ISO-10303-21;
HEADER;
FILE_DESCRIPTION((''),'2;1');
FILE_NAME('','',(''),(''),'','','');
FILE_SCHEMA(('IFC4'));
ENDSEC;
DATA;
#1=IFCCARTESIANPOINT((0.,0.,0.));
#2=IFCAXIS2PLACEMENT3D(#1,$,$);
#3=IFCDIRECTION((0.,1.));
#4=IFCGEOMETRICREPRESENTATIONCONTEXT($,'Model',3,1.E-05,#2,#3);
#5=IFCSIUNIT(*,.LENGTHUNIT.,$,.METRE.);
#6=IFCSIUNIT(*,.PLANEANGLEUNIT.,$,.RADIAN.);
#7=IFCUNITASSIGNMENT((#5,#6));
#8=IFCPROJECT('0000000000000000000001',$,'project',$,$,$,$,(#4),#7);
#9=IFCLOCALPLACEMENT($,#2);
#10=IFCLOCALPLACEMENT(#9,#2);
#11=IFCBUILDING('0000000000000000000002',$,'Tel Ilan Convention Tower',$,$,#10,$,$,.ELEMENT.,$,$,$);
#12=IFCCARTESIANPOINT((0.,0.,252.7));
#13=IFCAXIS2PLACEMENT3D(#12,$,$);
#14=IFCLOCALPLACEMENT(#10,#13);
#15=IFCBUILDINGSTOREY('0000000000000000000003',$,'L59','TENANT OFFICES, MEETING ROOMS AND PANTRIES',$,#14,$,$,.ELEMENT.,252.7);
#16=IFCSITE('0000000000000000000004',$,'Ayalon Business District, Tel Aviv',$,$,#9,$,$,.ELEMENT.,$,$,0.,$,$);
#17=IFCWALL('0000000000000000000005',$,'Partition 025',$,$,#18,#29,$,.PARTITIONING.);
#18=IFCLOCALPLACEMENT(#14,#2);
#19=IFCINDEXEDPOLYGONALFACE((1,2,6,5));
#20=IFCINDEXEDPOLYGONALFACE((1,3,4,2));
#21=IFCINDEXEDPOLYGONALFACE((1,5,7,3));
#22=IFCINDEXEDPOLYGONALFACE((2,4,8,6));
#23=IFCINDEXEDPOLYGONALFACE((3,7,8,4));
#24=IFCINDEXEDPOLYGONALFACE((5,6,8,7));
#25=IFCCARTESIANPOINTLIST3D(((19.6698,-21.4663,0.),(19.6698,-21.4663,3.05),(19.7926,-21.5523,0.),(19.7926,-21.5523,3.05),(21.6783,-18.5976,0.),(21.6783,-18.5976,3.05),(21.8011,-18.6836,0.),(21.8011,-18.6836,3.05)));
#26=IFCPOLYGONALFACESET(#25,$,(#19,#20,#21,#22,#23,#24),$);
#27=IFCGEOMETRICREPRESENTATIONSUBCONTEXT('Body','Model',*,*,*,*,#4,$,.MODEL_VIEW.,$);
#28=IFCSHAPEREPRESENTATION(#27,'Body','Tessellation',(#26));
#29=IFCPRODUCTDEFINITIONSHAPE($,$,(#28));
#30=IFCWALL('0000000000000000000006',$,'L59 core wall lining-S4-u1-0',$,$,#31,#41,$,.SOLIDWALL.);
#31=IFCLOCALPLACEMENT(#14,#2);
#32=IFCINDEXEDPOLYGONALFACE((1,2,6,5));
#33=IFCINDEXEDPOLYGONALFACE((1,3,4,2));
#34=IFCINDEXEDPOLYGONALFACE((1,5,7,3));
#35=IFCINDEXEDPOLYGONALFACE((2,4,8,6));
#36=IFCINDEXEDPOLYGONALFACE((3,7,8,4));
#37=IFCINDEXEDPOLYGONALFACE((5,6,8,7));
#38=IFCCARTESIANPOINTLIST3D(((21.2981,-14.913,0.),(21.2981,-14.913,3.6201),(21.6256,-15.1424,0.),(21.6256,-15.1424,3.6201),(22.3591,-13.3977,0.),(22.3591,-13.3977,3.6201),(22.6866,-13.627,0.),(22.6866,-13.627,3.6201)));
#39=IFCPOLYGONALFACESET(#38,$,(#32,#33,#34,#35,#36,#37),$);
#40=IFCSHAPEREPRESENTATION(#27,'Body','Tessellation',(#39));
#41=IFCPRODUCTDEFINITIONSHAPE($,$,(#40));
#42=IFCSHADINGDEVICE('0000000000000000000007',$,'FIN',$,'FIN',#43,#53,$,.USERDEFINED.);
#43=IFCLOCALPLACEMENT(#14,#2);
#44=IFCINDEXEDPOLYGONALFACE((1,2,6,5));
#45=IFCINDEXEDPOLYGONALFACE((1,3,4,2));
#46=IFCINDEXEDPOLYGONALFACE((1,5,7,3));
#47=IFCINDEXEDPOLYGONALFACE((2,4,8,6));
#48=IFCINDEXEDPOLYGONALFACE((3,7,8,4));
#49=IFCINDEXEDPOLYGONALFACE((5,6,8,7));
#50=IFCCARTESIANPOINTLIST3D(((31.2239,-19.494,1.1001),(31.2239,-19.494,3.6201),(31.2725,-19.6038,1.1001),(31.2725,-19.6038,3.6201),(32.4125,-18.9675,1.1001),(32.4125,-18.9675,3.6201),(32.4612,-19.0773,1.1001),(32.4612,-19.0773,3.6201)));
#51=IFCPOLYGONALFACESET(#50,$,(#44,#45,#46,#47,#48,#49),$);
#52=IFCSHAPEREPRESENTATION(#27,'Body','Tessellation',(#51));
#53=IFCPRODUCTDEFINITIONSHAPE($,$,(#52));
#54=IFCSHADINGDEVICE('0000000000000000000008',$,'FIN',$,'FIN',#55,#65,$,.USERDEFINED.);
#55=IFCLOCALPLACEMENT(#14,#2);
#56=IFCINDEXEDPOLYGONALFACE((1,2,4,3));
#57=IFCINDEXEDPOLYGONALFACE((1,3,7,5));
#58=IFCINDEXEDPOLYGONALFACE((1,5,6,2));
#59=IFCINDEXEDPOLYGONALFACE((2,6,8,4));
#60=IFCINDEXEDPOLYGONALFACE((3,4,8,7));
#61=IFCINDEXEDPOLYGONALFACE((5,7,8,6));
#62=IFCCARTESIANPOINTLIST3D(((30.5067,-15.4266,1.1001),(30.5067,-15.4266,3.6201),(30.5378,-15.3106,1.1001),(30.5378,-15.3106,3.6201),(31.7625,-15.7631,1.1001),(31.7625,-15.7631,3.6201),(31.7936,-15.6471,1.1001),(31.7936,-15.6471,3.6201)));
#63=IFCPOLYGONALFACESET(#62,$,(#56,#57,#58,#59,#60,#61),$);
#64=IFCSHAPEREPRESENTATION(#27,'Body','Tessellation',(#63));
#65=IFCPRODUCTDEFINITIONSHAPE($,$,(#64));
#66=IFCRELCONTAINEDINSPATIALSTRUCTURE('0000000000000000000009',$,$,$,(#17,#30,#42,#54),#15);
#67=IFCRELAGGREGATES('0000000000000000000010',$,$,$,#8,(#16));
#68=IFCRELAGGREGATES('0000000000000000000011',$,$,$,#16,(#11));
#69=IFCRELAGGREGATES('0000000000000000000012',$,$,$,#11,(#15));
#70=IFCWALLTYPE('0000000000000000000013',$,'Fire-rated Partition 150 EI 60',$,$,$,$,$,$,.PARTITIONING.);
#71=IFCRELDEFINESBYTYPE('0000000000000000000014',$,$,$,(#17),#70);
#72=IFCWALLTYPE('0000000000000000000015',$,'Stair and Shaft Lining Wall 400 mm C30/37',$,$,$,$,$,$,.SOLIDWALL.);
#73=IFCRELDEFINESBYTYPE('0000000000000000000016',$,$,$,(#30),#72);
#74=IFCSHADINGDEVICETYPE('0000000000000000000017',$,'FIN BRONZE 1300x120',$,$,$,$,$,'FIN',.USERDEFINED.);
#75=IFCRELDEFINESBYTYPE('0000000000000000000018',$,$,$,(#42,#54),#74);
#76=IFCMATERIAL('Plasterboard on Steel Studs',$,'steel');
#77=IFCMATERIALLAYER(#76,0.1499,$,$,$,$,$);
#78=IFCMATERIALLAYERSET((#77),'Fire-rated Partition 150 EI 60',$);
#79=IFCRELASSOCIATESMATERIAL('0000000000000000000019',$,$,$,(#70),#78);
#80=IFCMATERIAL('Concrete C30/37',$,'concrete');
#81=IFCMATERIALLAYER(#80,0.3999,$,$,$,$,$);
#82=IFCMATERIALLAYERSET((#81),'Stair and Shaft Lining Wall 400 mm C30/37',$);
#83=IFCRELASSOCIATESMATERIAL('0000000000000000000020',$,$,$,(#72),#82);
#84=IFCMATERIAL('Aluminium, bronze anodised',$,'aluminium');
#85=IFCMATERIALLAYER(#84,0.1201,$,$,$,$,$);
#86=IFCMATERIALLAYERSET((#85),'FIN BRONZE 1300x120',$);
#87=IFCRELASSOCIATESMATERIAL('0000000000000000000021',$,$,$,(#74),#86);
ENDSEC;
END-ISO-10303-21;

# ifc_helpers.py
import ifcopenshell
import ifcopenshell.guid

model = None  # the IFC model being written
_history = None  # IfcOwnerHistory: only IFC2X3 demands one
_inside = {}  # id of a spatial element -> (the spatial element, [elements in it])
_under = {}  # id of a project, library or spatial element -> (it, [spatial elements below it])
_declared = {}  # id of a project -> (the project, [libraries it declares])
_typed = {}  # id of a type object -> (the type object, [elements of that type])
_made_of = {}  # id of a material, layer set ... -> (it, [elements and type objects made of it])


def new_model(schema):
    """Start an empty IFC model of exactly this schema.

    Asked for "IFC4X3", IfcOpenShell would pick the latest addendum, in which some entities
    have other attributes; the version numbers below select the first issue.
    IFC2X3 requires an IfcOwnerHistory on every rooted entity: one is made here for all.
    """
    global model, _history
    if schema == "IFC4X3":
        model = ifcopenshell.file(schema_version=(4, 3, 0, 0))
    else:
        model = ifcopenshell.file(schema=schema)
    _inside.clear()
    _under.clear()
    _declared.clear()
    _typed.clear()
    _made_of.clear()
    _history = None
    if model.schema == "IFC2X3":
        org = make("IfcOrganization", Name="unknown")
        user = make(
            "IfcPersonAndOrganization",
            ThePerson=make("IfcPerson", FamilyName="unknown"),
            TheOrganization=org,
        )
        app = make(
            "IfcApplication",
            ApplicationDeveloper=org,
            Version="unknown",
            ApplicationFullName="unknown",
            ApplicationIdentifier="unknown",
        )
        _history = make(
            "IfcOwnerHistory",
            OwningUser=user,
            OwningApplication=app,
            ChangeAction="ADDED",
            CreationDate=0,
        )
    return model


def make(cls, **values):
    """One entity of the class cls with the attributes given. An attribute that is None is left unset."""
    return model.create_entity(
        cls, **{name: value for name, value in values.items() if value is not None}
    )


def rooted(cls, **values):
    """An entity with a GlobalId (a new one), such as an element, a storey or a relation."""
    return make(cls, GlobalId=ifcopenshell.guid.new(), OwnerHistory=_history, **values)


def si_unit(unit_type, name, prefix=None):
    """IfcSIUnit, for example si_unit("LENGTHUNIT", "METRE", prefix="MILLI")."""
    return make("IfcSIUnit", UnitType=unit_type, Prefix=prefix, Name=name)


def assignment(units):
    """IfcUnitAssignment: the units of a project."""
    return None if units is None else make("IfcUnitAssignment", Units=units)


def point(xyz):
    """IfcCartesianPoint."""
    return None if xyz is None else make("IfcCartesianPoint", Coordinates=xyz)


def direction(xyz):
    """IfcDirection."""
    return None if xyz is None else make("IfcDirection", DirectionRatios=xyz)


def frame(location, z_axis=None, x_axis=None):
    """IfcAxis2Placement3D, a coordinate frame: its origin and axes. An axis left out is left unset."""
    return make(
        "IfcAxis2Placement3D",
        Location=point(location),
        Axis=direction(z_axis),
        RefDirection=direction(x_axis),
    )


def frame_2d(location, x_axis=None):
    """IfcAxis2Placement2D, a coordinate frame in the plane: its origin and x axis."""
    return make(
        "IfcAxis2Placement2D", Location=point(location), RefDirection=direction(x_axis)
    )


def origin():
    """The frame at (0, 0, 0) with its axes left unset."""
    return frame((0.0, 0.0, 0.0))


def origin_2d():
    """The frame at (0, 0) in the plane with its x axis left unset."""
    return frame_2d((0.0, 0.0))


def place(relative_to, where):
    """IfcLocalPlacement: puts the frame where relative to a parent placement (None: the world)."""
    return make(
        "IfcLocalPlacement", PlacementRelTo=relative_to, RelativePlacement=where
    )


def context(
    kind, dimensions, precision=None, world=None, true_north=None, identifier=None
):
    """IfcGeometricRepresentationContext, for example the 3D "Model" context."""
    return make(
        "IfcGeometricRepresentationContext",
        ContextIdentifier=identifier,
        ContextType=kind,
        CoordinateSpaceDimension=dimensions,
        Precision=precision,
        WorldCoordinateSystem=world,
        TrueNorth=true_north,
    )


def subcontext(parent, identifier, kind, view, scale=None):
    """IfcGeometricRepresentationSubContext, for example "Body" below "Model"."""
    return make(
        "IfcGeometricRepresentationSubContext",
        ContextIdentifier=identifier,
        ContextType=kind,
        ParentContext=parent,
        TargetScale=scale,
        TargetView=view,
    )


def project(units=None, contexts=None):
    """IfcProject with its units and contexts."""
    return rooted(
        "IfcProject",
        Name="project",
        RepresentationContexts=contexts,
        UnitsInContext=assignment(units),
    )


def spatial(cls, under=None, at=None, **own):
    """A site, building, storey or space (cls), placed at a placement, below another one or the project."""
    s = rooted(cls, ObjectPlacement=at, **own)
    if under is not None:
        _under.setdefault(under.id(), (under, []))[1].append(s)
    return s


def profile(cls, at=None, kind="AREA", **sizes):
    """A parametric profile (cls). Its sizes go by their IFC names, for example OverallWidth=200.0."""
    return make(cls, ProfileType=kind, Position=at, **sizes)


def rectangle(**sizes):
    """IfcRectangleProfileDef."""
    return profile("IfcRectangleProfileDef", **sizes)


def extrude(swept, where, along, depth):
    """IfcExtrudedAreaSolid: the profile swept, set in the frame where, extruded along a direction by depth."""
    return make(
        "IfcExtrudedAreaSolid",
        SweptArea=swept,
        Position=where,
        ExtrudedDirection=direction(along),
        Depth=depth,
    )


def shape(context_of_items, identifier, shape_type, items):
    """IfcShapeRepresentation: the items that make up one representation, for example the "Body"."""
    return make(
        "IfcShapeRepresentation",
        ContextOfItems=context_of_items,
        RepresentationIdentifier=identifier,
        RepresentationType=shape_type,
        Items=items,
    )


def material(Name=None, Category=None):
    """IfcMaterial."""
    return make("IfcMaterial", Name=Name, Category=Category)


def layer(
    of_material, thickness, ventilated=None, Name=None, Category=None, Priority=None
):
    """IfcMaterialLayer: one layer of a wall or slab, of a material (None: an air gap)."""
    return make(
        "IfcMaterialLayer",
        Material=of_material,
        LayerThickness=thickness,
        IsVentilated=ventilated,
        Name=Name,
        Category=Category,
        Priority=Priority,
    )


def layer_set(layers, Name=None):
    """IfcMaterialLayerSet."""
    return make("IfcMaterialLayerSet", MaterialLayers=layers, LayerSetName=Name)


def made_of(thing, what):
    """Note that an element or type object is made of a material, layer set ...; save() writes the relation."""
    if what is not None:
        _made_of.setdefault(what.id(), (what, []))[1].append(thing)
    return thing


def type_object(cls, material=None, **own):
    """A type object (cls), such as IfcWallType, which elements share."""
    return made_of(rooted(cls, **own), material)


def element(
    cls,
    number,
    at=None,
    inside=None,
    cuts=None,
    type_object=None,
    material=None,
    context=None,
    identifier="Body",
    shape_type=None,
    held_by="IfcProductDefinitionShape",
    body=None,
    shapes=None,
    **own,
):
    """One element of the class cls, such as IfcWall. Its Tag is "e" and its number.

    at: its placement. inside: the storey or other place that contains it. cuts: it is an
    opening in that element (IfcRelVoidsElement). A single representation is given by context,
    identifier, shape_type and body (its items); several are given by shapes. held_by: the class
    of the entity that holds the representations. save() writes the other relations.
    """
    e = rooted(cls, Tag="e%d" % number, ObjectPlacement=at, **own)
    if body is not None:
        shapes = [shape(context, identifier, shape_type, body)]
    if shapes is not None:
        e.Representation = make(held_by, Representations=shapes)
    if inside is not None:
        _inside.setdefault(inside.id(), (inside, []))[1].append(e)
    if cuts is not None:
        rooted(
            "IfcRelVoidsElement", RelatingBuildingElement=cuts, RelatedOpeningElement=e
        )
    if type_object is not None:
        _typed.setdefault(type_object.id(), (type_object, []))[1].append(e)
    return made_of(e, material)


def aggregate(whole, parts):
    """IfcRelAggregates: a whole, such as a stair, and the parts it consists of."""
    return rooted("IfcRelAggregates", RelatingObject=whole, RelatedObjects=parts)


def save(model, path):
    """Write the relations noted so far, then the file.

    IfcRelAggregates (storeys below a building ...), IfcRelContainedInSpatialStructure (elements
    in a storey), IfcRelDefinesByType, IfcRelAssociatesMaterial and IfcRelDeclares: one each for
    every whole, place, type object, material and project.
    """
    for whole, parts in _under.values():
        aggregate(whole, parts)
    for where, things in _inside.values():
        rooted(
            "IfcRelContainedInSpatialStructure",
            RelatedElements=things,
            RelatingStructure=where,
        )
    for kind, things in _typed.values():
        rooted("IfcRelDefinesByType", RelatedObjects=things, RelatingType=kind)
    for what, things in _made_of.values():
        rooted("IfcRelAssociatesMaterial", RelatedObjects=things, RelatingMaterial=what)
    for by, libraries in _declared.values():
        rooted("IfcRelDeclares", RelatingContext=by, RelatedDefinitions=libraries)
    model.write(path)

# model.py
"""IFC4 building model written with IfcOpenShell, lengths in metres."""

from ifc_helpers import new_model, si_unit, direction, frame, frame_2d, origin, origin_2d, place, context, subcontext, project, spatial, rectangle, extrude, material, layer, layer_set, type_object, element, save


model = new_model("IFC4")

# Units and contexts
model_context = context("Model", 3, precision=1e-05, world=origin(), true_north=direction((0.0, 1.0)))
body_context = subcontext(model_context, "Body", "Model", "MODEL_VIEW")
ifc_project = project(units=[si_unit("LENGTHUNIT", "METRE"), si_unit("PLANEANGLEUNIT", "RADIAN")], contexts=[model_context])

# Site, building, storey
site_placement = place(None, origin())
site = spatial("IfcSite", under=ifc_project, at=site_placement, Name="Ayalon Business District, Tel Aviv", CompositionType="ELEMENT", RefElevation=0.0)
building_placement = place(site_placement, origin())
building = spatial("IfcBuilding", under=site, at=building_placement, Name="Tel Ilan Convention Tower", CompositionType="ELEMENT")
storey_placement = place(building_placement, frame((0.0, 0.0, 252.7)))
storey = spatial("IfcBuildingStorey", under=building, at=storey_placement, Name="L59", Description="TENANT OFFICES, MEETING ROOMS AND PANTRIES", CompositionType="ELEMENT", Elevation=252.7)

# Shared definitions
ifc_material_1 = material(Name="Plasterboard on Steel Studs", Category="steel")
ifc_layer_1 = layer(ifc_material_1, 0.1499)
ifc_layer_set_1 = layer_set([ifc_layer_1], Name="Fire-rated Partition 150 EI 60")
wall_type_1 = type_object("IfcWallType", Name="Fire-rated Partition 150 EI 60", PredefinedType="PARTITIONING", material=ifc_layer_set_1)

# Walls
wall_1_placement = place(storey_placement, frame((21.7397, -18.6406, 0.0), z_axis=(0.0, 0.0, 1.0), x_axis=(-0.573556, -0.819166, 0.0)))
element("IfcWall", 1, at=wall_1_placement, inside=storey, type_object=wall_type_1, Name="Partition 025", PredefinedType="PARTITIONING", context=body_context, shape_type="SweptSolid", body=[
    extrude(rectangle(XDim=3.502, YDim=0.1499, at=frame_2d((1.751, 0.0))), origin(), (0.0, 0.0, 1.0), 3.05),
])
ifc_material_2 = material(Name="Concrete C30/37", Category="concrete")
ifc_layer_2 = layer(ifc_material_2, 0.3999)
ifc_layer_set_2 = layer_set([ifc_layer_2], Name="Stair and Shaft Lining Wall 400 mm C30/37")
wall_type_2 = type_object("IfcWallType", Name="Stair and Shaft Lining Wall 400 mm C30/37", PredefinedType="SOLIDWALL", material=ifc_layer_set_2)
wall_2_placement = place(storey_placement, frame((21.4619, -15.0276, 0.0), z_axis=(0.0, 0.0, 1.0), x_axis=(0.57356, 0.819164, 0.0)))
element("IfcWall", 2, at=wall_2_placement, inside=storey, type_object=wall_type_2, Name="L59 core wall lining-S4-u1-0", PredefinedType="SOLIDWALL", context=body_context, shape_type="SweptSolid", body=[
    extrude(rectangle(XDim=1.8499, YDim=0.3999, at=frame_2d((0.9248, 0.0))), origin(), (0.0, 0.0, 1.0), 3.6201),
])

# Shading devices
ifc_material_3 = material(Name="Aluminium, bronze anodised", Category="aluminium")
ifc_layer_3 = layer(ifc_material_3, 0.1201)
ifc_layer_set_3 = layer_set([ifc_layer_3], Name="FIN BRONZE 1300x120")
shading_device_type = type_object("IfcShadingDeviceType", Name="FIN BRONZE 1300x120", ElementType="FIN", PredefinedType="USERDEFINED", material=ifc_layer_set_3)
for number, where, z_axis, x_axis, name in (
    (3, (31.8425, -19.2856, 1.1001), (0.0, 0.0, 1.0), (0.914333, 0.404964, 0.0), "FIN"),
    (4, (31.1501, -15.5369, 1.1001), (0.0, 0.0, 1.0), (0.965926, -0.258819, 0.0), "FIN"),
):
    element("IfcShadingDevice", number, at=place(storey_placement, frame(where, z_axis=z_axis, x_axis=x_axis)), inside=storey, type_object=shading_device_type, Name=name, ObjectType="FIN", PredefinedType="USERDEFINED", context=body_context, shape_type="SweptSolid", body=[
        extrude(rectangle(XDim=1.3, YDim=0.1201, at=origin_2d()), origin(), (0.0, 0.0, 1.0), 2.52),
    ])

save(model, "model.ifc")
